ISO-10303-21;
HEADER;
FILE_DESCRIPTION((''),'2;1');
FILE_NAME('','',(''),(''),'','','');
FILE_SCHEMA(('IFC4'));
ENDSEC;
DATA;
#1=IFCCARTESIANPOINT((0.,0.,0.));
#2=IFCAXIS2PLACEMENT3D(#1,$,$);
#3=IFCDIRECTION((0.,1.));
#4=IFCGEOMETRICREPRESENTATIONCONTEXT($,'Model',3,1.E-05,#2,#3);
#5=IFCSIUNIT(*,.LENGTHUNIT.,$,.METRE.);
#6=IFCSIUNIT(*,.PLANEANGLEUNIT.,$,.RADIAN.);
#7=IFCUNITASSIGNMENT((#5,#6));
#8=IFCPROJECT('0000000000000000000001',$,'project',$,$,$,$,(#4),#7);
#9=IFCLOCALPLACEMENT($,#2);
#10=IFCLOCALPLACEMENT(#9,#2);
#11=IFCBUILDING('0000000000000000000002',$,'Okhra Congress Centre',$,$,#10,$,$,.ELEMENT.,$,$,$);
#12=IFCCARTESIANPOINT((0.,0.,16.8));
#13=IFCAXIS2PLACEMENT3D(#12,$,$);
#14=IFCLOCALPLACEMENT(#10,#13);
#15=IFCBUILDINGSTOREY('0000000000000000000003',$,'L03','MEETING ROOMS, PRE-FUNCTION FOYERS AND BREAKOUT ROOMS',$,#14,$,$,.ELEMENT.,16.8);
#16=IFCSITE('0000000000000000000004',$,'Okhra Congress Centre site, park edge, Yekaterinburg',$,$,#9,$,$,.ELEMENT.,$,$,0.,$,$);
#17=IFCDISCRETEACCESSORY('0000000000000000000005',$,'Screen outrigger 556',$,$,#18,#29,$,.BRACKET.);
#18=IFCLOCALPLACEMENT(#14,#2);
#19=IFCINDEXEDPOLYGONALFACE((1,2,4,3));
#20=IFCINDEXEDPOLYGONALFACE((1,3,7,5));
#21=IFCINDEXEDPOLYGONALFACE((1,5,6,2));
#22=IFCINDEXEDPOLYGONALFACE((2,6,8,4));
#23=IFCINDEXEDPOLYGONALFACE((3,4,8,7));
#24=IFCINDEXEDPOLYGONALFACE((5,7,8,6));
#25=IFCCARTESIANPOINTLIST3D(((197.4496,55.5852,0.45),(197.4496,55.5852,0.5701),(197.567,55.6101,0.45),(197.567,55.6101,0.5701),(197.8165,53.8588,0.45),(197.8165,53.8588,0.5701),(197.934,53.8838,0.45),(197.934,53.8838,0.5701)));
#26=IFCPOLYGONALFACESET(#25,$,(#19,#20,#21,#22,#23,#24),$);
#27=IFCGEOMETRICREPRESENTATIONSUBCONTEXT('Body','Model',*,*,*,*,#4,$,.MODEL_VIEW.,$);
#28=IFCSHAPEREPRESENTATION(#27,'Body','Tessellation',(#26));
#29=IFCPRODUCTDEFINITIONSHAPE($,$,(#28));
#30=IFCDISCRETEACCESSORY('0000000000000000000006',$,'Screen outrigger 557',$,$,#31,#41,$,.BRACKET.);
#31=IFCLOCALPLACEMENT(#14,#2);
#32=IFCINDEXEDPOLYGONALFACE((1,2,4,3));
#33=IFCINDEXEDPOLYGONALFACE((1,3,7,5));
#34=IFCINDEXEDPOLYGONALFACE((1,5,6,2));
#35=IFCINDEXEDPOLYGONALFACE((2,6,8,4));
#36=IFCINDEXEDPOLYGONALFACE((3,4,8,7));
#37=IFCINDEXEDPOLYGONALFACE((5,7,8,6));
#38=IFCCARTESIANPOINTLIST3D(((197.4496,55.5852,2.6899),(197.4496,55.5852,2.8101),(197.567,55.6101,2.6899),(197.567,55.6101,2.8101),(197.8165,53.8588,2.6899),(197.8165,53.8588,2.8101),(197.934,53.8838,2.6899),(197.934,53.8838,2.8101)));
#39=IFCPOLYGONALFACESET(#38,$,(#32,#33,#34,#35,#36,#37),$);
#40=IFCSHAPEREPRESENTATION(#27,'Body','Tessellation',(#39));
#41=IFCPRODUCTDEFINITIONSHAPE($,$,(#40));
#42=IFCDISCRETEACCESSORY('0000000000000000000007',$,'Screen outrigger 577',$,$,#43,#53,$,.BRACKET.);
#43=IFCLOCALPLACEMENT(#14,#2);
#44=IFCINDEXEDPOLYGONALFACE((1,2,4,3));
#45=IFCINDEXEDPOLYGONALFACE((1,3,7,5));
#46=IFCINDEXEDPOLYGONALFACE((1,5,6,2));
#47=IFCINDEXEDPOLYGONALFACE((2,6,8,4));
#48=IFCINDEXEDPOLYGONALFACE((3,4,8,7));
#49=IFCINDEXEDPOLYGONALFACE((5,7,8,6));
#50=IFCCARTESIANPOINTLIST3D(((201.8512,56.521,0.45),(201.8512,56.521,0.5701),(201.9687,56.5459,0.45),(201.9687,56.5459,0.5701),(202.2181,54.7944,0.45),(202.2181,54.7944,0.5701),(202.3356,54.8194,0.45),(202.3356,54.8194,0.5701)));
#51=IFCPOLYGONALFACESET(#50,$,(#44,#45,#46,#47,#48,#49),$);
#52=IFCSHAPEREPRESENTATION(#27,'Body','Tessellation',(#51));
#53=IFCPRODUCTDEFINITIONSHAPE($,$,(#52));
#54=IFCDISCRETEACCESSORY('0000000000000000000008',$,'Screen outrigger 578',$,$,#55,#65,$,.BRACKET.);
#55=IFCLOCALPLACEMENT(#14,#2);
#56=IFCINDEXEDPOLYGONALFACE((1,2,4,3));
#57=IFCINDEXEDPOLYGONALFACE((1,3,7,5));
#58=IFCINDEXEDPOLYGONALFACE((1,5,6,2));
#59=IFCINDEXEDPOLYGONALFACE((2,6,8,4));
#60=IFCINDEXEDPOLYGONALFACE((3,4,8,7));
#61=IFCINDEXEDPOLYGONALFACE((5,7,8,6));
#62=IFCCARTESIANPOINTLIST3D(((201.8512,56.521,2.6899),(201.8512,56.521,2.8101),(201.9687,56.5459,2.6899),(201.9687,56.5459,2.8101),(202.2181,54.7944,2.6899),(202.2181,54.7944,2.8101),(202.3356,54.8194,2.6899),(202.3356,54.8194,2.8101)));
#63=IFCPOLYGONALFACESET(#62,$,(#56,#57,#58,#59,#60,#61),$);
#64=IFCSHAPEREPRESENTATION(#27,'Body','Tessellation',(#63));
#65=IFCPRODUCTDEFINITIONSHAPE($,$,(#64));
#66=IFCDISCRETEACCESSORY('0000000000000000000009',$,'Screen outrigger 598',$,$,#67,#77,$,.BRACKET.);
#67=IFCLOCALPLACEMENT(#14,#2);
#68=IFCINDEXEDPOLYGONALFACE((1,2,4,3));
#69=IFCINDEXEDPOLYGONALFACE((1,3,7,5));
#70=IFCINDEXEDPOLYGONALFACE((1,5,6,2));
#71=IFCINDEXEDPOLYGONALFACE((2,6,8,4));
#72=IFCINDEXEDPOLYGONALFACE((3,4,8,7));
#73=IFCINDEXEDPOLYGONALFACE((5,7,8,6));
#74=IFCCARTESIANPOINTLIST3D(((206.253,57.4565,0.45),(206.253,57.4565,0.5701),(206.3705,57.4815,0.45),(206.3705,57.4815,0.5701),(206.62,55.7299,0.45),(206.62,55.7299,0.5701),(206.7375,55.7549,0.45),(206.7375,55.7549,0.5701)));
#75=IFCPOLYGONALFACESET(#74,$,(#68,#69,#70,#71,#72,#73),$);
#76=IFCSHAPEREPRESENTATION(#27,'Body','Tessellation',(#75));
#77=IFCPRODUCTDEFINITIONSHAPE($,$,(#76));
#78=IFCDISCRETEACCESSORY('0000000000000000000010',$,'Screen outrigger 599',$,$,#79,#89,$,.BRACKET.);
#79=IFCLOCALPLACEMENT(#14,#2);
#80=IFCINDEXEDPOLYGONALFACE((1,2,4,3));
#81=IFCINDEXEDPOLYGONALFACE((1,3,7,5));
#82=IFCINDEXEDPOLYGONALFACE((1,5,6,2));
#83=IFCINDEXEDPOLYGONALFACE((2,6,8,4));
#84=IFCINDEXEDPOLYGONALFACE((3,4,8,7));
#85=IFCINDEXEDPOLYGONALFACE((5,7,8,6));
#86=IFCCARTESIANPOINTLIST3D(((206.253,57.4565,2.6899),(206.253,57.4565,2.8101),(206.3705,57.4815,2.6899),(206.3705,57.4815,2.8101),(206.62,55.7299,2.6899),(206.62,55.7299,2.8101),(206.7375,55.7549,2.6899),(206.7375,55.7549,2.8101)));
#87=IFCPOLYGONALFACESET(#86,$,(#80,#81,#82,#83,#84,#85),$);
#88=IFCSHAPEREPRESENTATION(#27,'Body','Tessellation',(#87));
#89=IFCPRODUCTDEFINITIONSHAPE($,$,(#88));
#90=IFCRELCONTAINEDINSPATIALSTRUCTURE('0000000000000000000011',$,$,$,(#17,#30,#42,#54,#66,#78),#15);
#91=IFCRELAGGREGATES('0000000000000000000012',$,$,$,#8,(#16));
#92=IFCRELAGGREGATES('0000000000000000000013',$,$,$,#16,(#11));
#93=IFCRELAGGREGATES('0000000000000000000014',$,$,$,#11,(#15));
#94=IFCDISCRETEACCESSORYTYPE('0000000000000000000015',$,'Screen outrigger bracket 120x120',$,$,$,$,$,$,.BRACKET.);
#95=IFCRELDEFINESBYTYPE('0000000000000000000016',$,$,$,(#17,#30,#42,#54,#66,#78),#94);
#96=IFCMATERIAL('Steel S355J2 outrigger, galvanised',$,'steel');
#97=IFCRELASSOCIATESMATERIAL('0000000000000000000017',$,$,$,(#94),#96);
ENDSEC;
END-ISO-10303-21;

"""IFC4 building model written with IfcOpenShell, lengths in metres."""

from ifc_helpers import new_model, si_unit, direction, frame, origin, origin_2d, place, context, subcontext, project, spatial, rectangle, extrude, material, material_profile, profile_set, type_object, element, save


model = new_model("IFC4")

# Units and contexts
model_context = context("Model", 3, precision=1e-05, world=origin(), true_north=direction((0.0, 1.0)))
body_context = subcontext(model_context, "Body", "Model", "MODEL_VIEW")
ifc_project = project(units=[si_unit("LENGTHUNIT", "METRE"), si_unit("PLANEANGLEUNIT", "RADIAN")], contexts=[model_context])

# Site, building, storey
site_placement = place(None, origin())
site = spatial("IfcSite", under=ifc_project, at=site_placement, Name="Okhra Congress Centre site, park edge, Yekaterinburg", CompositionType="ELEMENT", RefElevation=0.0)
building_placement = place(site_placement, origin())
building = spatial("IfcBuilding", under=site, at=building_placement, Name="Okhra Congress Centre", CompositionType="ELEMENT")
storey_placement = place(building_placement, frame((0.0, 0.0, 16.8)))
storey = spatial("IfcBuildingStorey", under=building, at=storey_placement, Name="L03", Description="MEETING ROOMS, PRE-FUNCTION FOYERS AND BREAKOUT ROOMS", CompositionType="ELEMENT", Elevation=16.8)

# Discrete accessories
ifc_material_1 = material(Name="Steel S355J2 outrigger, galvanised", Category="steel")
ifc_material_profile_1 = material_profile(ifc_material_1, rectangle(XDim=0.1201, YDim=0.1201, at=origin_2d()), Name="Screen outrigger bracket 120x120")
ifc_profile_set_1 = profile_set([ifc_material_profile_1], Name="Steel S355J2 outrigger, galvanised")
discrete_accessory_type = type_object("IfcDiscreteAccessoryType", Name="Screen outrigger bracket 120x120", PredefinedType="BRACKET", material=ifc_profile_set_1)
for number, where, z_axis, x_axis, name in (
    (1, (197.5083, 55.5977, 0.51), (0.207913, -0.978147, 0.0), (0.978147, 0.207913, 0.0), "Screen outrigger 556"),
    (2, (197.5083, 55.5977, 2.75), (0.207913, -0.978147, 0.0), (0.978147, 0.207913, 0.0), "Screen outrigger 557"),
):
    element("IfcDiscreteAccessory", number, at=place(storey_placement, frame(where, z_axis=z_axis, x_axis=x_axis)), inside=storey, type_object=discrete_accessory_type, Name=name, PredefinedType="BRACKET", context=body_context, shape_type="SweptSolid", body=[
        extrude(rectangle(XDim=0.1201, YDim=0.1201, at=origin_2d()), origin(), (0.0, 0.0, 1.0), 1.7649),
    ])
for number, where, z_axis, x_axis, name in (
    (3, (201.9099, 56.5334, 0.51), (0.207885, -0.978153, 0.0), (0.978153, 0.207885, 0.0), "Screen outrigger 577"),
    (4, (201.9099, 56.5334, 2.75), (0.207885, -0.978153, 0.0), (0.978153, 0.207885, 0.0), "Screen outrigger 578"),
    (5, (206.3118, 57.469, 0.51), (0.207885, -0.978153, 0.0), (0.978153, 0.207885, 0.0), "Screen outrigger 598"),
    (6, (206.3118, 57.469, 2.75), (0.207885, -0.978153, 0.0), (0.978153, 0.207885, 0.0), "Screen outrigger 599"),
):
    element("IfcDiscreteAccessory", number, at=place(storey_placement, frame(where, z_axis=z_axis, x_axis=x_axis)), inside=storey, type_object=discrete_accessory_type, Name=name, PredefinedType="BRACKET", context=body_context, shape_type="SweptSolid", body=[
        extrude(rectangle(XDim=0.1201, YDim=0.1201, at=origin_2d()), origin(), (0.0, 0.0, 1.0), 1.7651),
    ])

save(model, "model.ifc")
